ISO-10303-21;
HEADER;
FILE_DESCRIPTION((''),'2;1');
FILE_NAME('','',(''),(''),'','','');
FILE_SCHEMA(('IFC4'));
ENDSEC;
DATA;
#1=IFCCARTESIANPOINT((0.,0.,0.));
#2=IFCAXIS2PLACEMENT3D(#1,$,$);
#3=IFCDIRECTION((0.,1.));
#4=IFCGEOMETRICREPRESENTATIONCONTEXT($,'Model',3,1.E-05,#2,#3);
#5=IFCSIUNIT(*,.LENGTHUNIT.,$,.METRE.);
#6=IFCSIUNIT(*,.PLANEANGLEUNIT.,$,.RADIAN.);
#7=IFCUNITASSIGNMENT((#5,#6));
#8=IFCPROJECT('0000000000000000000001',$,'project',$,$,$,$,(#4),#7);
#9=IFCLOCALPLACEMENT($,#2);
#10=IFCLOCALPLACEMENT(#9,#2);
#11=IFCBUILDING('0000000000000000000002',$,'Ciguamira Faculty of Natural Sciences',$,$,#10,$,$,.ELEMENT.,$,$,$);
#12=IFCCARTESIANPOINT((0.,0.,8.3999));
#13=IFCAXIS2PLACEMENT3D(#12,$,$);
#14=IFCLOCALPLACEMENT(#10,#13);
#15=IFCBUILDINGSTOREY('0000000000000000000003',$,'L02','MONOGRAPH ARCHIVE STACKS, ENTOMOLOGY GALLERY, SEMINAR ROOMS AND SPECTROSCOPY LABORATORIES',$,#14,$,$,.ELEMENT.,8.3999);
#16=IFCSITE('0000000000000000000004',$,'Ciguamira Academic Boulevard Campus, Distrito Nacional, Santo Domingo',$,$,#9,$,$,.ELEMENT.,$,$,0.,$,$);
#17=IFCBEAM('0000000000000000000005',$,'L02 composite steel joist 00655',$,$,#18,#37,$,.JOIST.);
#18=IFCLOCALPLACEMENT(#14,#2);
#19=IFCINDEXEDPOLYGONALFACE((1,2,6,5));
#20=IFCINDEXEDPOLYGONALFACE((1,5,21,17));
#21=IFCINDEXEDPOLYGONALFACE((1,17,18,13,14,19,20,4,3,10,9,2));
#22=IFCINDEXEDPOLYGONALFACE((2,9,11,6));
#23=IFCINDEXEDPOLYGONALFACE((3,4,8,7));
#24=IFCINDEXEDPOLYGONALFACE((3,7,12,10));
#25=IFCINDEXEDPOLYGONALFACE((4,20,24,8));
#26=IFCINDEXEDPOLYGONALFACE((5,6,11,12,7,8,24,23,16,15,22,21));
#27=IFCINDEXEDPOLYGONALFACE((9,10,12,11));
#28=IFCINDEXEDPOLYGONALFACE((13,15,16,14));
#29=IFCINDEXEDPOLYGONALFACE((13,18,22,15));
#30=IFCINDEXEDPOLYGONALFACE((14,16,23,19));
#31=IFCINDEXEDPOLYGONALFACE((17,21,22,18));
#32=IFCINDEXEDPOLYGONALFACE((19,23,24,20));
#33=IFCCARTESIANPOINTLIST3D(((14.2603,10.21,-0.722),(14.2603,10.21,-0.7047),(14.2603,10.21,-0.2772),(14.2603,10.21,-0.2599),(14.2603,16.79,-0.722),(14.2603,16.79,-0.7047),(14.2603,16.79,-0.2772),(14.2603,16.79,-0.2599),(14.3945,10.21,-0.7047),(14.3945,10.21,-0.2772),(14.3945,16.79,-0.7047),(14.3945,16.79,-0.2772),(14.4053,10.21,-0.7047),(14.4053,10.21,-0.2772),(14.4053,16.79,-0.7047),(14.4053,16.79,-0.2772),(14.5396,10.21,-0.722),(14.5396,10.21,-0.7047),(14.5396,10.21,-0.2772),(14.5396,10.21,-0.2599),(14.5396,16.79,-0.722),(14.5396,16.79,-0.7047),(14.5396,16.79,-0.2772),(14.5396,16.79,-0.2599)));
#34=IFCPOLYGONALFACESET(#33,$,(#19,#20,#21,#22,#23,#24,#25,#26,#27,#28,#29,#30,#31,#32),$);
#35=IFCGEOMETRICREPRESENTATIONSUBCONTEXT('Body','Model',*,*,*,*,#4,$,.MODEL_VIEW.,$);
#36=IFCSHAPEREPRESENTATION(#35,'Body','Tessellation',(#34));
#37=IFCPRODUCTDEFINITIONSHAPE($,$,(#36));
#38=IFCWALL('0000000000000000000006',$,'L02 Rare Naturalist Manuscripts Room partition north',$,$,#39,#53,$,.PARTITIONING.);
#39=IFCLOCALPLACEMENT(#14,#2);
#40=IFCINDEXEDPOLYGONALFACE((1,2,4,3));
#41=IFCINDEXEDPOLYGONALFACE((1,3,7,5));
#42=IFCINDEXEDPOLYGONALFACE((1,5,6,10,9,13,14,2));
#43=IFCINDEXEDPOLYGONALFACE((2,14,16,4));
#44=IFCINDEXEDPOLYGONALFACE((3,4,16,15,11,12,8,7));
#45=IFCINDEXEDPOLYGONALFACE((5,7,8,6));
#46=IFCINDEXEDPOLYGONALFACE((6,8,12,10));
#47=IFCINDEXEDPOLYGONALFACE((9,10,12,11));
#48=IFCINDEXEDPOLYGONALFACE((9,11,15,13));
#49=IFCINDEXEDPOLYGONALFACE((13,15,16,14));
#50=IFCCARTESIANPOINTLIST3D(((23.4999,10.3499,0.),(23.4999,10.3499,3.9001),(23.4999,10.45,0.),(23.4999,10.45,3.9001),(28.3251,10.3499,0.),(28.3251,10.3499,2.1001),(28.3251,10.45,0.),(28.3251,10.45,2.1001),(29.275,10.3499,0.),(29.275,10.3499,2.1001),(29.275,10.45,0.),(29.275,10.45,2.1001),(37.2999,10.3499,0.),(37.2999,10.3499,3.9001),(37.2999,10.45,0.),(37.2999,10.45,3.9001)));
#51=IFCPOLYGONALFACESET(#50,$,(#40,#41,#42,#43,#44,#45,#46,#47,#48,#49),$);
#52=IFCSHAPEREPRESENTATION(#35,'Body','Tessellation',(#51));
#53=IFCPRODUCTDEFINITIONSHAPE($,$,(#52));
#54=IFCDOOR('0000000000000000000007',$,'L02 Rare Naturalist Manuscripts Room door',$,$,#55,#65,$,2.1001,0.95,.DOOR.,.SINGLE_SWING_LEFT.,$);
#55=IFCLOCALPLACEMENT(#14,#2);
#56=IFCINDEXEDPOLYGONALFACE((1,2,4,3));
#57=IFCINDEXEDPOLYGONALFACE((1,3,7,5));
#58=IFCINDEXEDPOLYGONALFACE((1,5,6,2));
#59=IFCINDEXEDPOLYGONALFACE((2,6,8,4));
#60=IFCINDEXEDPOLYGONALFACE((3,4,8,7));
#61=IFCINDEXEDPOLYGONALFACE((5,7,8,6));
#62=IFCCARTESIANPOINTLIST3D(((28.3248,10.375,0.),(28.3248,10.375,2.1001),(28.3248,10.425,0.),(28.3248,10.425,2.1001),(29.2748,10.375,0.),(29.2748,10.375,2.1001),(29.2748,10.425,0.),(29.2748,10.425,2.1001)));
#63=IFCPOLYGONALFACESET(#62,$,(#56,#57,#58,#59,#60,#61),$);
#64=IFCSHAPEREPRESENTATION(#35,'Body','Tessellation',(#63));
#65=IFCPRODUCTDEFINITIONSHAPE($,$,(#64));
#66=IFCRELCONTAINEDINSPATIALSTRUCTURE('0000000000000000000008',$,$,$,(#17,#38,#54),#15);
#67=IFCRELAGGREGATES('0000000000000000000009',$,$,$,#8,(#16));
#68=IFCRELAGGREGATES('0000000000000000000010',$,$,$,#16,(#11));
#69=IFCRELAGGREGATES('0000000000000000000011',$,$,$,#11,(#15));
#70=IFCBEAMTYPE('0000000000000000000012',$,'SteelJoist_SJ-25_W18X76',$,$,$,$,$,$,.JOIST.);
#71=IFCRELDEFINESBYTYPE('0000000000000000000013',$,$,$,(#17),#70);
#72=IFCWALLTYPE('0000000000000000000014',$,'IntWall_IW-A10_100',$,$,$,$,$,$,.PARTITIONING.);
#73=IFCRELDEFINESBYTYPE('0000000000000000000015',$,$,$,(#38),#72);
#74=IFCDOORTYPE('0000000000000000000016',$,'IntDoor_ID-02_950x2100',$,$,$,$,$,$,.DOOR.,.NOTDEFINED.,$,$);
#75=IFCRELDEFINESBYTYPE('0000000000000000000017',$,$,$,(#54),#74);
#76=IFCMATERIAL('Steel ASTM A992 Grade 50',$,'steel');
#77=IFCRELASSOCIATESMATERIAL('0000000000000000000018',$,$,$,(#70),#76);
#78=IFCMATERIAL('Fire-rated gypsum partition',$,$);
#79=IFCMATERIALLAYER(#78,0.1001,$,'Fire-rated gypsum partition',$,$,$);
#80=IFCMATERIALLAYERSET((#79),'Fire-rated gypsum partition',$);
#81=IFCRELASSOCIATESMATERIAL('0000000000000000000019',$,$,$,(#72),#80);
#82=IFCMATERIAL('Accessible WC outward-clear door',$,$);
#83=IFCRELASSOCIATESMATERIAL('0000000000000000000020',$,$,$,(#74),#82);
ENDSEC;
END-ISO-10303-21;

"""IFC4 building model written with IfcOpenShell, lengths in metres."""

from ifc_helpers import new_model, si_unit, direction, frame, frame_2d, origin, origin_2d, place, context, subcontext, project, spatial, rectangle, i_section, extrude, material, layer, layer_set, material_profile, profile_set, type_object, element, fill, save


model = new_model("IFC4")

# Units and contexts
model_context = context("Model", 3, precision=1e-05, world=origin(), true_north=direction((0.0, 1.0)))
body_context = subcontext(model_context, "Body", "Model", "MODEL_VIEW")
ifc_project = project(units=[si_unit("LENGTHUNIT", "METRE"), si_unit("PLANEANGLEUNIT", "RADIAN")], contexts=[model_context])

# Site, building, storey
site_placement = place(None, origin())
site = spatial("IfcSite", under=ifc_project, at=site_placement, Name="Ciguamira Academic Boulevard Campus, Distrito Nacional, Santo Domingo", CompositionType="ELEMENT", RefElevation=0.0)
building_placement = place(site_placement, origin())
building = spatial("IfcBuilding", under=site, at=building_placement, Name="Ciguamira Faculty of Natural Sciences", CompositionType="ELEMENT")
storey_placement = place(building_placement, frame((0.0, 0.0, 8.3999)))
storey = spatial("IfcBuildingStorey", under=building, at=storey_placement, Name="L02", Description="MONOGRAPH ARCHIVE STACKS, ENTOMOLOGY GALLERY, SEMINAR ROOMS AND SPECTROSCOPY LABORATORIES", CompositionType="ELEMENT", Elevation=8.3999)

# Beam
ifc_material_1 = material(Name="Steel ASTM A992 Grade 50", Category="steel")
ifc_material_profile_1 = material_profile(ifc_material_1, i_section(OverallWidth=0.2793, OverallDepth=0.4622, WebThickness=0.0107, FlangeThickness=0.0173, at=origin_2d()), Name="W18X76")
ifc_profile_set_1 = profile_set([ifc_material_profile_1], Name="Steel ASTM A992 Grade 50")
beam_type_1 = type_object("IfcBeamType", Name="SteelJoist_SJ-25_W18X76", PredefinedType="JOIST", material=ifc_profile_set_1)
beam_1_placement = place(storey_placement, frame((14.3999, 10.21, -0.491), z_axis=(0.0, 1.0, 0.0), x_axis=(-1.0, 0.0, 0.0)))
element("IfcBeam", 1, at=beam_1_placement, inside=storey, type_object=beam_type_1, Name="L02 composite steel joist 00655", PredefinedType="JOIST", context=body_context, shape_type="SweptSolid", body=[
    extrude(i_section(OverallWidth=0.2793, OverallDepth=0.4622, WebThickness=0.0107, FlangeThickness=0.0173, at=origin_2d()), origin(), (0.0, 0.0, 1.0), 6.5801),
])

# Wall, opening, door
ifc_material_2 = material(Name="Fire-rated gypsum partition")
ifc_layer = layer(ifc_material_2, 0.1001, Name="Fire-rated gypsum partition")
ifc_layer_set = layer_set([ifc_layer], Name="Fire-rated gypsum partition")
wall_type = type_object("IfcWallType", Name="IntWall_IW-A10_100", PredefinedType="PARTITIONING", material=ifc_layer_set)
wall_placement = place(storey_placement, frame((23.5, 10.3999, 0.0), z_axis=(0.0, 0.0, 1.0), x_axis=(1.0, 0.0, 0.0)))
wall = element("IfcWall", 2, at=wall_placement, inside=storey, type_object=wall_type, Name="L02 Rare Naturalist Manuscripts Room partition north", PredefinedType="PARTITIONING", context=body_context, shape_type="SweptSolid", body=[
    extrude(rectangle(XDim=13.8, YDim=0.1001, at=frame_2d((6.8999, 0.0))), origin(), (0.0, 0.0, 1.0), 3.9001),
])
opening_placement = place(wall_placement, frame((4.825, 0.0, 0.0)))
opening = element("IfcOpeningElement", 3, at=opening_placement, cuts=wall, PredefinedType="OPENING", context=body_context, shape_type="SweptSolid", body=[
    extrude(rectangle(XDim=0.95, YDim=2.1001, at=frame_2d((0.4751, 1.05))), frame((0.0, 0.0601, 0.0), z_axis=(0.0, -1.0, 0.0), x_axis=(1.0, 0.0, 0.0)), (0.0, 0.0, 1.0), 0.1201),
])
ifc_material_3 = material(Name="Accessible WC outward-clear door")
door_type = type_object("IfcDoorType", Name="IntDoor_ID-02_950x2100", OperationType="NOTDEFINED", PredefinedType="DOOR", material=ifc_material_3)
door_placement = place(opening_placement, frame((0.95, 0.0, 0.0), z_axis=(0.0, 0.0, 1.0), x_axis=(-1.0, 0.0, 0.0)))
door = element("IfcDoor", 4, at=door_placement, inside=storey, type_object=door_type, Name="L02 Rare Naturalist Manuscripts Room door", OperationType="SINGLE_SWING_LEFT", OverallHeight=2.1001, OverallWidth=0.95, PredefinedType="DOOR", context=body_context, shape_type="SweptSolid", body=[
    extrude(rectangle(XDim=0.95, YDim=2.1001, at=frame_2d((0.4751, 1.05))), frame((0.0, 0.0249, 0.0), z_axis=(0.0, -1.0, 0.0), x_axis=(1.0, 0.0, 0.0)), (0.0, 0.0, 1.0), 0.05),
])
fill(opening, door)

save(model, "model.ifc")
